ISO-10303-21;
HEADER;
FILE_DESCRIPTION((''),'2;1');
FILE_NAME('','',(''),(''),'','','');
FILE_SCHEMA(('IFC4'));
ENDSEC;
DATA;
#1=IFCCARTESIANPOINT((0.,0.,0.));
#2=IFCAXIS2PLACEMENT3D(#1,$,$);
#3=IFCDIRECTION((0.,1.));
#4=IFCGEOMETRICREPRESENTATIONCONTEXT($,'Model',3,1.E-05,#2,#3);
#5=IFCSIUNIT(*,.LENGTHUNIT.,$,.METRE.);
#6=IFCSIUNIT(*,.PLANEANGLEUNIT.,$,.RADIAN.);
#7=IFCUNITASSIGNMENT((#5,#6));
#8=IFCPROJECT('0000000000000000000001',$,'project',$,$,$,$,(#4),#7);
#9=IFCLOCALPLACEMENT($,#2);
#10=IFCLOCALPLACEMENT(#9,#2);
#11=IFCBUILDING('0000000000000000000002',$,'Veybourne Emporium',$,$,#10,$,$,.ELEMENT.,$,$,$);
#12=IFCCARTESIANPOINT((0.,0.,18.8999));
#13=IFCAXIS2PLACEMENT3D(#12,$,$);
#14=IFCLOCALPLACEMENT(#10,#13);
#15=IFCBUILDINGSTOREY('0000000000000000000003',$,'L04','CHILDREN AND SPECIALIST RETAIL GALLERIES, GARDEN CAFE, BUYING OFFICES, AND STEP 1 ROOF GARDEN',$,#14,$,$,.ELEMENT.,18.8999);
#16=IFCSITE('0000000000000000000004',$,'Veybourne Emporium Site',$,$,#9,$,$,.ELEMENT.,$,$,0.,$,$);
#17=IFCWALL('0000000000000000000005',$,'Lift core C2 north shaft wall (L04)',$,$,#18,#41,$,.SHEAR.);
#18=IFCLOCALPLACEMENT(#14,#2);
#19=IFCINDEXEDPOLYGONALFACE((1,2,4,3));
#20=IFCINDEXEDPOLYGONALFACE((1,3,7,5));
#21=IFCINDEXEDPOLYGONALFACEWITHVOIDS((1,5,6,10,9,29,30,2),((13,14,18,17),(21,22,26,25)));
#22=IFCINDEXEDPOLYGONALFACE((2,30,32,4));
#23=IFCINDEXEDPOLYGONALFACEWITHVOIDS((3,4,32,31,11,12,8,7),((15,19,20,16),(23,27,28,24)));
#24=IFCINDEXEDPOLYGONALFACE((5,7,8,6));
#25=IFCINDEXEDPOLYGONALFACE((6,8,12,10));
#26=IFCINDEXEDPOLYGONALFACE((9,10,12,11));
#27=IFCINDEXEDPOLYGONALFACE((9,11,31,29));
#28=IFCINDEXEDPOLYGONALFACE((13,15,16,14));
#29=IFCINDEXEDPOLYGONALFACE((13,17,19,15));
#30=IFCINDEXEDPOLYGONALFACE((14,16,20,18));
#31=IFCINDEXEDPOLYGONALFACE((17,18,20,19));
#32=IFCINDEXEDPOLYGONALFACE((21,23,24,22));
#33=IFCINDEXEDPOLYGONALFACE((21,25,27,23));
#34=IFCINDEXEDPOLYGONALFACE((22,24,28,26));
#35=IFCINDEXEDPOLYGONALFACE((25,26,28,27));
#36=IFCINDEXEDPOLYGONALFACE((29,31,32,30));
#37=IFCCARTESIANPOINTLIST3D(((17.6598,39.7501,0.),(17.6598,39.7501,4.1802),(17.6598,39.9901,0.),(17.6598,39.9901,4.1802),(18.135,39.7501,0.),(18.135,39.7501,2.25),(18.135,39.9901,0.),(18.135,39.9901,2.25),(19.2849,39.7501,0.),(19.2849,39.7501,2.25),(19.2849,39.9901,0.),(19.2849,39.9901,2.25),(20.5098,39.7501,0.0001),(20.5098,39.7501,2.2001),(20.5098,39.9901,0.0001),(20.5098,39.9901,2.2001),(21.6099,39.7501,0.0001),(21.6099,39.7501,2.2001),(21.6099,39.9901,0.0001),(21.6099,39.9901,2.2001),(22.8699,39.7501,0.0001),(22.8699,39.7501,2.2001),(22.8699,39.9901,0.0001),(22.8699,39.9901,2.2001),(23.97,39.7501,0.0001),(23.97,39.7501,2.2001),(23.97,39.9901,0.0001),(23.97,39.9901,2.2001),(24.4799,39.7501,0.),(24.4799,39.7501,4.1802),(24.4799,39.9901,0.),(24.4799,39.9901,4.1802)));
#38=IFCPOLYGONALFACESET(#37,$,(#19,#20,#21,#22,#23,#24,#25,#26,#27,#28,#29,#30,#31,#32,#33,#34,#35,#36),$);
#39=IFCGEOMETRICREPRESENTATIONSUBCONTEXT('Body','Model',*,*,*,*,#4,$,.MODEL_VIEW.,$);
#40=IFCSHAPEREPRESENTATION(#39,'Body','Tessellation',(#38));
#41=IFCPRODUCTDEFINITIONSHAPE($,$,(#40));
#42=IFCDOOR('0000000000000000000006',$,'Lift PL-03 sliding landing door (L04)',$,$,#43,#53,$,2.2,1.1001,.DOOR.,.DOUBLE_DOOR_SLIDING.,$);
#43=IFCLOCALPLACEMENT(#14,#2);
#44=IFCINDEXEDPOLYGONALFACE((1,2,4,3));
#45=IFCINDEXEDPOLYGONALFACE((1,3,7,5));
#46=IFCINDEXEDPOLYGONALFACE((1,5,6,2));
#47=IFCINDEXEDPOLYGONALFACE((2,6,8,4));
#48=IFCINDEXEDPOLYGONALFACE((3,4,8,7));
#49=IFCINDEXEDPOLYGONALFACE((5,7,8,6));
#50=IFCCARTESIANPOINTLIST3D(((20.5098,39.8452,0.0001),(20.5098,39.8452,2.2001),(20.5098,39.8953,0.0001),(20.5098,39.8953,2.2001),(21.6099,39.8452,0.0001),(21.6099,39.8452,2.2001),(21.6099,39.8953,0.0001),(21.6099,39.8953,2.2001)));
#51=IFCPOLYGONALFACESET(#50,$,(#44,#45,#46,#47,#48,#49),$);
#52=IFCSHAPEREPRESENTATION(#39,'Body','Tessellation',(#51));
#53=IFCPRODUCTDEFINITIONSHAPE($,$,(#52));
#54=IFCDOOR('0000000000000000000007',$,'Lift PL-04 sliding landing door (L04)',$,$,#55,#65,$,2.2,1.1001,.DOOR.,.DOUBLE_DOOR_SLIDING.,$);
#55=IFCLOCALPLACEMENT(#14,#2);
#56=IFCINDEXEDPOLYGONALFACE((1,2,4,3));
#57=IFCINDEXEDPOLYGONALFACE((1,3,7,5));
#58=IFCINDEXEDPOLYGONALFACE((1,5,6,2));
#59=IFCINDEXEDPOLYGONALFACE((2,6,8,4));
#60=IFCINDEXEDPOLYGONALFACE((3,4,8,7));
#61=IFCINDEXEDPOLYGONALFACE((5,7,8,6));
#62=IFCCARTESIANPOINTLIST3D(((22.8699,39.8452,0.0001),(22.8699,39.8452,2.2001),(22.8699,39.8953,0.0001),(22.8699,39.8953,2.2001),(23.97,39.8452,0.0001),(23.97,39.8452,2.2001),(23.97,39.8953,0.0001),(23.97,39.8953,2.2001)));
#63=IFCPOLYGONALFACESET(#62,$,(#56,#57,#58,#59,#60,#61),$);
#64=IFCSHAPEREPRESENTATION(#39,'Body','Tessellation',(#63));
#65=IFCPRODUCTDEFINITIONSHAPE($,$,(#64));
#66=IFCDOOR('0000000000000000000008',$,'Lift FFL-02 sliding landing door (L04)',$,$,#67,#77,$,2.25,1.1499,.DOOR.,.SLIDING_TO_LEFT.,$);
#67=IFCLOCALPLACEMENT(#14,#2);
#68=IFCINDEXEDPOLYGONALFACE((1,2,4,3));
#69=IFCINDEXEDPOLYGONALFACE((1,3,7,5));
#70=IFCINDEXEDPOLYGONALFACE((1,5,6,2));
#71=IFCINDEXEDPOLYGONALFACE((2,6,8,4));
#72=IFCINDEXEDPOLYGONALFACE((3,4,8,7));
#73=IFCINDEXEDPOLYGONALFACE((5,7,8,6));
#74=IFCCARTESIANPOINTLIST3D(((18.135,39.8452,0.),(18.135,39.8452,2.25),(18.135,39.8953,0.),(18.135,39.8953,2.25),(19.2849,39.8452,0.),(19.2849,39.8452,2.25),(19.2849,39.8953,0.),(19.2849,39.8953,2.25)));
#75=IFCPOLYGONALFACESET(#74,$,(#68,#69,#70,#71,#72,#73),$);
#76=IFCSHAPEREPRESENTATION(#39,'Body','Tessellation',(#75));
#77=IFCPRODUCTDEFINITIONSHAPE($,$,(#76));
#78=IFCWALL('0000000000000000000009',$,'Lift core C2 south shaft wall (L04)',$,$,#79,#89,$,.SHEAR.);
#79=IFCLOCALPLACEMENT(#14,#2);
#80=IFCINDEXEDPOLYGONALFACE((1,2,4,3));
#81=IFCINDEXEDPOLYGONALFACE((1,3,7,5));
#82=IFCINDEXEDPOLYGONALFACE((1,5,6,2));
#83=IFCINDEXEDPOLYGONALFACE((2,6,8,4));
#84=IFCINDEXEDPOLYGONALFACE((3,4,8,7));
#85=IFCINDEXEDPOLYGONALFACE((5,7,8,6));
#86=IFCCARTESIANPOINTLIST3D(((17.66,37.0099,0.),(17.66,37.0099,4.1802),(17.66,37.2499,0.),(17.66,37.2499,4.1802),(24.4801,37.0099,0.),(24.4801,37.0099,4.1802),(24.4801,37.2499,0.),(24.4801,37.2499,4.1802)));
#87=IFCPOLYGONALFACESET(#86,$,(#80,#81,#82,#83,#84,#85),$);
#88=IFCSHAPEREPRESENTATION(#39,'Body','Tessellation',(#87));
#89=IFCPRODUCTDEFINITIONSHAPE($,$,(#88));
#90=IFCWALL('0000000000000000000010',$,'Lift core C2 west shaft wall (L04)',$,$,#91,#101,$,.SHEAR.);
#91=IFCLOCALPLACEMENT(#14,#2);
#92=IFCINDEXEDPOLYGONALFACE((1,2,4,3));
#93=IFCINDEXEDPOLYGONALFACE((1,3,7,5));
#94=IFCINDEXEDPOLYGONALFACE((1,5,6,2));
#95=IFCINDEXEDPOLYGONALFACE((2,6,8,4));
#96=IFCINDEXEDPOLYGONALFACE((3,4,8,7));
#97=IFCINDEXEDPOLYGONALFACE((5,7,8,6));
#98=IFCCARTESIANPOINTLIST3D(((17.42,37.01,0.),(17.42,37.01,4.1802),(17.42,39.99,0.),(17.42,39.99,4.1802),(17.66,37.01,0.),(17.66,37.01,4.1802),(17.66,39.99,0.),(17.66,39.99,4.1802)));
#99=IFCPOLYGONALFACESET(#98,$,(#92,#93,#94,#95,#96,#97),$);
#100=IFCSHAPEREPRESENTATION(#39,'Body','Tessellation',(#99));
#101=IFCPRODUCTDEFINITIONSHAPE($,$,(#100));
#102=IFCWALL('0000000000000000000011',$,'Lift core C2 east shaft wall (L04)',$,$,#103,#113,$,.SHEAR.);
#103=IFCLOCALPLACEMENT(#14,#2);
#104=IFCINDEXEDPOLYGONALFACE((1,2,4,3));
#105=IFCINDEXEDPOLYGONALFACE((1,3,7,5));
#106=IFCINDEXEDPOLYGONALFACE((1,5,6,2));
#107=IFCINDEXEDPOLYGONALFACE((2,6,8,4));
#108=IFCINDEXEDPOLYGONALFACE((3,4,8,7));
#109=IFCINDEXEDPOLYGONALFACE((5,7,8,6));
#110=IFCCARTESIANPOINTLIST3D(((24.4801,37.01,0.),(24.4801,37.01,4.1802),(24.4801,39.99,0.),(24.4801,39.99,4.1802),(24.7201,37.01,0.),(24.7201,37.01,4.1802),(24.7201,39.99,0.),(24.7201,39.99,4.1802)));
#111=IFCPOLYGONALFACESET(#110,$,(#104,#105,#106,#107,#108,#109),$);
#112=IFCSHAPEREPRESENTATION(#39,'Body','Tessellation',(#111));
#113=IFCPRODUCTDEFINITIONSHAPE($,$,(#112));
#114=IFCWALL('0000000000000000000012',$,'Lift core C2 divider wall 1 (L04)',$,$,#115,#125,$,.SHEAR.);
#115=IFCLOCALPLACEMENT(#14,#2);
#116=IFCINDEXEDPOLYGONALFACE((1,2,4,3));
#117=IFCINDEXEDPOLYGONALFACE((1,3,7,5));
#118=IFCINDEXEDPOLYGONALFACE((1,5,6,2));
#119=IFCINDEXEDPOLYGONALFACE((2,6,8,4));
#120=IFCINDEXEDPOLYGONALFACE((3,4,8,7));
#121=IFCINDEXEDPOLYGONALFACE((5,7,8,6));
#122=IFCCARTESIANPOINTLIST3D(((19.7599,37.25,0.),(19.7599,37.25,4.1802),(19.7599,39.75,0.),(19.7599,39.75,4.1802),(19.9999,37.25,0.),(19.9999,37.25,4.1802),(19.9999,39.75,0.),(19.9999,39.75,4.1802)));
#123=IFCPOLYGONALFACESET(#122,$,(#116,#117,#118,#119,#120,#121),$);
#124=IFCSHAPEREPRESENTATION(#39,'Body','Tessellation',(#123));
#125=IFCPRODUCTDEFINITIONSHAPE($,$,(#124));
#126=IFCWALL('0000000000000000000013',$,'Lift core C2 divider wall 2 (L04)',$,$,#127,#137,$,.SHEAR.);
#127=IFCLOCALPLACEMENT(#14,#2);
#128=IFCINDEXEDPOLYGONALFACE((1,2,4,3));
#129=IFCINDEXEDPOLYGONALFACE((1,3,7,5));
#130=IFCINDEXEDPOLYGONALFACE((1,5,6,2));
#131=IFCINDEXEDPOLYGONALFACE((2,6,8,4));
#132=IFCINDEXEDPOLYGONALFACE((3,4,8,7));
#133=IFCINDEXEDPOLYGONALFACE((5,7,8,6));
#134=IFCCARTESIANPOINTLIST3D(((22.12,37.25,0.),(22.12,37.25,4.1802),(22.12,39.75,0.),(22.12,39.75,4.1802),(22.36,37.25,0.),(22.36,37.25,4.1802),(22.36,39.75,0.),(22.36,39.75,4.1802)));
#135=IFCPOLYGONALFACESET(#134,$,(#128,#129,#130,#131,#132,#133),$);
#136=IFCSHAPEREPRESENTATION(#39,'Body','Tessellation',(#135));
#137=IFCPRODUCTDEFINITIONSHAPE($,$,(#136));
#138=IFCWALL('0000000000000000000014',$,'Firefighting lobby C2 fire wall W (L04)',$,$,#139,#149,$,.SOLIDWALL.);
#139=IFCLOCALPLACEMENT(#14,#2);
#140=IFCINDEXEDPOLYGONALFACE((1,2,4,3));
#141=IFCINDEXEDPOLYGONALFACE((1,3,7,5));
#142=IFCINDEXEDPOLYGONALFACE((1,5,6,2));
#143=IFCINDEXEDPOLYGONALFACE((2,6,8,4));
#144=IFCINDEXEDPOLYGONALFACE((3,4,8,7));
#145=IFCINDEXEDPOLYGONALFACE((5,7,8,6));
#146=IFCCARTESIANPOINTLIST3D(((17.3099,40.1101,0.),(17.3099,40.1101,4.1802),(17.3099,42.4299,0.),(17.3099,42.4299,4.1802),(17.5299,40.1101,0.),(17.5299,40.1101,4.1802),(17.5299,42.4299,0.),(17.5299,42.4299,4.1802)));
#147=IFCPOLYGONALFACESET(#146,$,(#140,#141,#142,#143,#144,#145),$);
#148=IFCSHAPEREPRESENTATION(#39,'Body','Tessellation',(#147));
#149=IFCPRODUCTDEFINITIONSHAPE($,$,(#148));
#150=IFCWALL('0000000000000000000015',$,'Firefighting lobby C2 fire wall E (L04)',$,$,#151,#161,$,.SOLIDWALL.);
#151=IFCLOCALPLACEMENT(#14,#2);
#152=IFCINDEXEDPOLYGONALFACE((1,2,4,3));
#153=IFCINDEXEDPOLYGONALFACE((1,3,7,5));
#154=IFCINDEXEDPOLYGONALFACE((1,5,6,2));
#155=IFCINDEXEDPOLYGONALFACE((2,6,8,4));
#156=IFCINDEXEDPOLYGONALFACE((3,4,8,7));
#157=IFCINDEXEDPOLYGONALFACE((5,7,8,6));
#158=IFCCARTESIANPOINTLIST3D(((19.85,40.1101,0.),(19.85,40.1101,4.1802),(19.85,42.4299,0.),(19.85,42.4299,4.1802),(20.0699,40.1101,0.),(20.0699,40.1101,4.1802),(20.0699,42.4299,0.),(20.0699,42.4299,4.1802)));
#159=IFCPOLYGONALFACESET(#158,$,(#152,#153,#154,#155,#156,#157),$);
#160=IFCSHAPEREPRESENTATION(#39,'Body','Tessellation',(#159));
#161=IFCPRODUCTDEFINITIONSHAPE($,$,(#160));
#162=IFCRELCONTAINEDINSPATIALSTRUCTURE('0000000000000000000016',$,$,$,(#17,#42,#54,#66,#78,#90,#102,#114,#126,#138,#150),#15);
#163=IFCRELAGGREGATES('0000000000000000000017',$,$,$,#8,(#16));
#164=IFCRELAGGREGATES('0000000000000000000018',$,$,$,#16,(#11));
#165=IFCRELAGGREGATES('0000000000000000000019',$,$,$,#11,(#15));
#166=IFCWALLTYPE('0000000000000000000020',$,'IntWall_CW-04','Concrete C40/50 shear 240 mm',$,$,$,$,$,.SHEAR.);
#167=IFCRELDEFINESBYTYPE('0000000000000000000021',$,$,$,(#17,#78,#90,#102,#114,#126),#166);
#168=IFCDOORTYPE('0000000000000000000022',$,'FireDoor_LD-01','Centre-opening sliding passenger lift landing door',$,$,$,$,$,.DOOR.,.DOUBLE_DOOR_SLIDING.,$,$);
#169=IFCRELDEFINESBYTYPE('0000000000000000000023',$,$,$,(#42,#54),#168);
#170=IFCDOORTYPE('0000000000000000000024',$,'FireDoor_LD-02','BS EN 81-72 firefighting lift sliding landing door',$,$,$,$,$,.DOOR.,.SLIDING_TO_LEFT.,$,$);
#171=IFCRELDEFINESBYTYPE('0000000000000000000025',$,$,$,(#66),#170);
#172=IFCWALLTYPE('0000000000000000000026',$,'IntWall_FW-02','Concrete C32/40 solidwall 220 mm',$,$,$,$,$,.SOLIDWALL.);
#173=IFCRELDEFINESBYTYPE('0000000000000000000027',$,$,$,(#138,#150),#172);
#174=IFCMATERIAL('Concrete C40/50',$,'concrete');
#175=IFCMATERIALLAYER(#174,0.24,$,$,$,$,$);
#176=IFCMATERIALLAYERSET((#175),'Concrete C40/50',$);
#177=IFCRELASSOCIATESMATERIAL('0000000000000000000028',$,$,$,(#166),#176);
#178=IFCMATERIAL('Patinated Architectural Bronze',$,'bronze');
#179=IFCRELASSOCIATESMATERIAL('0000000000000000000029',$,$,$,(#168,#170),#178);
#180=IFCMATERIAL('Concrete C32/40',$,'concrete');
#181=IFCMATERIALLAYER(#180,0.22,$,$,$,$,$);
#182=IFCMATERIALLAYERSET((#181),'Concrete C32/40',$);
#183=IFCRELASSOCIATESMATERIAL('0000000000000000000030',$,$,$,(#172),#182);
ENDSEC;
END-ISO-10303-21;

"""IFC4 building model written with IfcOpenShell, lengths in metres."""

from ifc_helpers import new_model, si_unit, direction, frame, frame_2d, origin, place, context, subcontext, project, spatial, rectangle, extrude, material, layer, layer_set, type_object, element, fill, save


model = new_model("IFC4")

# Units and contexts
model_context = context("Model", 3, precision=1e-05, world=origin(), true_north=direction((0.0, 1.0)))
body_context = subcontext(model_context, "Body", "Model", "MODEL_VIEW")
ifc_project = project(units=[si_unit("LENGTHUNIT", "METRE"), si_unit("PLANEANGLEUNIT", "RADIAN")], contexts=[model_context])

# Site, building, storey
site_placement = place(None, origin())
site = spatial("IfcSite", under=ifc_project, at=site_placement, Name="Veybourne Emporium Site", CompositionType="ELEMENT", RefElevation=0.0)
building_placement = place(site_placement, origin())
building = spatial("IfcBuilding", under=site, at=building_placement, Name="Veybourne Emporium", CompositionType="ELEMENT")
storey_placement = place(building_placement, frame((0.0, 0.0, 18.8999)))
storey = spatial("IfcBuildingStorey", under=building, at=storey_placement, Name="L04", Description="CHILDREN AND SPECIALIST RETAIL GALLERIES, GARDEN CAFE, BUYING OFFICES, AND STEP 1 ROOF GARDEN", CompositionType="ELEMENT", Elevation=18.8999)

# Shared definitions
ifc_material_1 = material(Name="Concrete C40/50", Category="concrete")

# Shared definitions
ifc_material_2 = material(Name="Patinated Architectural Bronze", Category="bronze")

# Shared definitions
ifc_material_3 = material(Name="Concrete C32/40", Category="concrete")

# Wall, openings, doors
ifc_layer_1 = layer(ifc_material_1, 0.24)
ifc_layer_set_1 = layer_set([ifc_layer_1], Name="Concrete C40/50")
wall_type_1 = type_object("IfcWallType", Name="IntWall_CW-04", Description="Concrete C40/50 shear 240 mm", PredefinedType="SHEAR", material=ifc_layer_set_1)
wall_1_placement = place(storey_placement, frame((24.48, 39.8701, 0.0), z_axis=(0.0, 0.0, 1.0), x_axis=(-1.0, 0.0, 0.0)))
wall_1 = element("IfcWall", 1, at=wall_1_placement, inside=storey, type_object=wall_type_1, Name="Lift core C2 north shaft wall (L04)", PredefinedType="SHEAR", context=body_context, shape_type="SweptSolid", body=[
    extrude(rectangle(XDim=6.8201, YDim=0.24, at=frame_2d((3.4102, 0.0))), origin(), (0.0, 0.0, 1.0), 4.1802),
])
opening_1_placement = place(wall_1_placement, frame((5.1951, 0.0, 0.0)))
opening_1 = element("IfcOpeningElement", 2, at=opening_1_placement, cuts=wall_1, PredefinedType="OPENING", context=body_context, shape_type="SweptSolid", body=[
    extrude(rectangle(XDim=1.1499, YDim=2.25, at=frame_2d((0.575, 1.125))), frame((0.0, 0.1401, 0.0), z_axis=(0.0, -1.0, 0.0), x_axis=(1.0, 0.0, 0.0)), (0.0, 0.0, 1.0), 0.28),
])
opening_2_placement = place(wall_1_placement, frame((2.8701, 0.0, 0.0)))
opening_2 = element("IfcOpeningElement", 3, at=opening_2_placement, cuts=wall_1, PredefinedType="OPENING", context=body_context, shape_type="SweptSolid", body=[
    extrude(rectangle(XDim=1.1001, YDim=2.2, at=frame_2d((0.55, 1.1001))), frame((0.0, 0.1401, 0.0), z_axis=(0.0, -1.0, 0.0), x_axis=(1.0, 0.0, 0.0)), (0.0, 0.0, 1.0), 0.28),
])
opening_3_placement = place(wall_1_placement, frame((0.51, 0.0, 0.0)))
opening_3 = element("IfcOpeningElement", 4, at=opening_3_placement, cuts=wall_1, PredefinedType="OPENING", context=body_context, shape_type="SweptSolid", body=[
    extrude(rectangle(XDim=1.1001, YDim=2.2, at=frame_2d((0.55, 1.1001))), frame((0.0, 0.1401, 0.0), z_axis=(0.0, -1.0, 0.0), x_axis=(1.0, 0.0, 0.0)), (0.0, 0.0, 1.0), 0.28),
])
door_type_1 = type_object("IfcDoorType", Name="FireDoor_LD-01", Description="Centre-opening sliding passenger lift landing door", OperationType="DOUBLE_DOOR_SLIDING", PredefinedType="DOOR", material=ifc_material_2)
door_1_placement = place(opening_2_placement, origin())
door_1 = element("IfcDoor", 5, at=door_1_placement, inside=storey, type_object=door_type_1, Name="Lift PL-03 sliding landing door (L04)", OperationType="DOUBLE_DOOR_SLIDING", OverallHeight=2.2, OverallWidth=1.1001, PredefinedType="DOOR", context=body_context, shape_type="SweptSolid", body=[
    extrude(rectangle(XDim=1.1001, YDim=2.2, at=frame_2d((0.55, 1.1001))), frame((0.0, 0.0249, 0.0), z_axis=(0.0, -1.0, 0.0), x_axis=(1.0, 0.0, 0.0)), (0.0, 0.0, 1.0), 0.05),
])
fill(opening_2, door_1)
door_2_placement = place(opening_3_placement, origin())
door_2 = element("IfcDoor", 6, at=door_2_placement, inside=storey, type_object=door_type_1, Name="Lift PL-04 sliding landing door (L04)", OperationType="DOUBLE_DOOR_SLIDING", OverallHeight=2.2, OverallWidth=1.1001, PredefinedType="DOOR", context=body_context, shape_type="SweptSolid", body=[
    extrude(rectangle(XDim=1.1001, YDim=2.2, at=frame_2d((0.55, 1.1001))), frame((0.0, 0.0249, 0.0), z_axis=(0.0, -1.0, 0.0), x_axis=(1.0, 0.0, 0.0)), (0.0, 0.0, 1.0), 0.05),
])
fill(opening_3, door_2)
door_type_2 = type_object("IfcDoorType", Name="FireDoor_LD-02", Description="BS EN 81-72 firefighting lift sliding landing door", OperationType="SLIDING_TO_LEFT", PredefinedType="DOOR", material=ifc_material_2)
door_3_placement = place(opening_1_placement, origin())
door_3 = element("IfcDoor", 7, at=door_3_placement, inside=storey, type_object=door_type_2, Name="Lift FFL-02 sliding landing door (L04)", OperationType="SLIDING_TO_LEFT", OverallHeight=2.25, OverallWidth=1.1499, PredefinedType="DOOR", context=body_context, shape_type="SweptSolid", body=[
    extrude(rectangle(XDim=1.1499, YDim=2.25, at=frame_2d((0.575, 1.125))), frame((0.0, 0.0249, 0.0), z_axis=(0.0, -1.0, 0.0), x_axis=(1.0, 0.0, 0.0)), (0.0, 0.0, 1.0), 0.05),
])
fill(opening_1, door_3)

# Walls
wall_2_placement = place(storey_placement, frame((17.6599, 37.1299, 0.0), z_axis=(0.0, 0.0, 1.0), x_axis=(1.0, 0.0, 0.0)))
element("IfcWall", 8, at=wall_2_placement, inside=storey, type_object=wall_type_1, Name="Lift core C2 south shaft wall (L04)", PredefinedType="SHEAR", context=body_context, shape_type="SweptSolid", body=[
    extrude(rectangle(XDim=6.8201, YDim=0.24, at=frame_2d((3.4102, 0.0))), origin(), (0.0, 0.0, 1.0), 4.1802),
])
for number, where, z_axis, x_axis, name in (
    (9, (17.54, 39.99, 0.0), (0.0, 0.0, 1.0), (0.0, -1.0, 0.0), "Lift core C2 west shaft wall (L04)"),
    (10, (24.6001, 37.01, 0.0), (0.0, 0.0, 1.0), (0.0, 1.0, 0.0), "Lift core C2 east shaft wall (L04)"),
):
    element("IfcWall", number, at=place(storey_placement, frame(where, z_axis=z_axis, x_axis=x_axis)), inside=storey, type_object=wall_type_1, Name=name, PredefinedType="SHEAR", context=body_context, shape_type="SweptSolid", body=[
        extrude(rectangle(XDim=2.98, YDim=0.24, at=frame_2d((1.49, 0.0))), origin(), (0.0, 0.0, 1.0), 4.1802),
    ])
for number, where, z_axis, x_axis, name in (
    (11, (19.8799, 37.25, 0.0), (0.0, 0.0, 1.0), (0.0, 1.0, 0.0), "Lift core C2 divider wall 1 (L04)"),
    (12, (22.24, 37.25, 0.0), (0.0, 0.0, 1.0), (0.0, 1.0, 0.0), "Lift core C2 divider wall 2 (L04)"),
):
    element("IfcWall", number, at=place(storey_placement, frame(where, z_axis=z_axis, x_axis=x_axis)), inside=storey, type_object=wall_type_1, Name=name, PredefinedType="SHEAR", context=body_context, shape_type="SweptSolid", body=[
        extrude(rectangle(XDim=2.5, YDim=0.24, at=frame_2d((1.25, 0.0))), origin(), (0.0, 0.0, 1.0), 4.1802),
    ])

# Shared definitions
ifc_layer_2 = layer(ifc_material_3, 0.22)
ifc_layer_set_2 = layer_set([ifc_layer_2], Name="Concrete C32/40")
wall_type_2 = type_object("IfcWallType", Name="IntWall_FW-02", Description="Concrete C32/40 solidwall 220 mm", PredefinedType="SOLIDWALL", material=ifc_layer_set_2)

# Walls
for number, where, z_axis, x_axis, name in (
    (13, (17.4199, 40.1101, 0.0), (0.0, 0.0, 1.0), (0.0, 1.0, 0.0), "Firefighting lobby C2 fire wall W (L04)"),
    (14, (19.96, 40.1101, 0.0), (0.0, 0.0, 1.0), (0.0, 1.0, 0.0), "Firefighting lobby C2 fire wall E (L04)"),
):
    element("IfcWall", number, at=place(storey_placement, frame(where, z_axis=z_axis, x_axis=x_axis)), inside=storey, type_object=wall_type_2, Name=name, PredefinedType="SOLIDWALL", context=body_context, shape_type="SweptSolid", body=[
        extrude(rectangle(XDim=2.3198, YDim=0.22, at=frame_2d((1.1599, 0.0))), origin(), (0.0, 0.0, 1.0), 4.1802),
    ])

save(model, "model.ifc")
